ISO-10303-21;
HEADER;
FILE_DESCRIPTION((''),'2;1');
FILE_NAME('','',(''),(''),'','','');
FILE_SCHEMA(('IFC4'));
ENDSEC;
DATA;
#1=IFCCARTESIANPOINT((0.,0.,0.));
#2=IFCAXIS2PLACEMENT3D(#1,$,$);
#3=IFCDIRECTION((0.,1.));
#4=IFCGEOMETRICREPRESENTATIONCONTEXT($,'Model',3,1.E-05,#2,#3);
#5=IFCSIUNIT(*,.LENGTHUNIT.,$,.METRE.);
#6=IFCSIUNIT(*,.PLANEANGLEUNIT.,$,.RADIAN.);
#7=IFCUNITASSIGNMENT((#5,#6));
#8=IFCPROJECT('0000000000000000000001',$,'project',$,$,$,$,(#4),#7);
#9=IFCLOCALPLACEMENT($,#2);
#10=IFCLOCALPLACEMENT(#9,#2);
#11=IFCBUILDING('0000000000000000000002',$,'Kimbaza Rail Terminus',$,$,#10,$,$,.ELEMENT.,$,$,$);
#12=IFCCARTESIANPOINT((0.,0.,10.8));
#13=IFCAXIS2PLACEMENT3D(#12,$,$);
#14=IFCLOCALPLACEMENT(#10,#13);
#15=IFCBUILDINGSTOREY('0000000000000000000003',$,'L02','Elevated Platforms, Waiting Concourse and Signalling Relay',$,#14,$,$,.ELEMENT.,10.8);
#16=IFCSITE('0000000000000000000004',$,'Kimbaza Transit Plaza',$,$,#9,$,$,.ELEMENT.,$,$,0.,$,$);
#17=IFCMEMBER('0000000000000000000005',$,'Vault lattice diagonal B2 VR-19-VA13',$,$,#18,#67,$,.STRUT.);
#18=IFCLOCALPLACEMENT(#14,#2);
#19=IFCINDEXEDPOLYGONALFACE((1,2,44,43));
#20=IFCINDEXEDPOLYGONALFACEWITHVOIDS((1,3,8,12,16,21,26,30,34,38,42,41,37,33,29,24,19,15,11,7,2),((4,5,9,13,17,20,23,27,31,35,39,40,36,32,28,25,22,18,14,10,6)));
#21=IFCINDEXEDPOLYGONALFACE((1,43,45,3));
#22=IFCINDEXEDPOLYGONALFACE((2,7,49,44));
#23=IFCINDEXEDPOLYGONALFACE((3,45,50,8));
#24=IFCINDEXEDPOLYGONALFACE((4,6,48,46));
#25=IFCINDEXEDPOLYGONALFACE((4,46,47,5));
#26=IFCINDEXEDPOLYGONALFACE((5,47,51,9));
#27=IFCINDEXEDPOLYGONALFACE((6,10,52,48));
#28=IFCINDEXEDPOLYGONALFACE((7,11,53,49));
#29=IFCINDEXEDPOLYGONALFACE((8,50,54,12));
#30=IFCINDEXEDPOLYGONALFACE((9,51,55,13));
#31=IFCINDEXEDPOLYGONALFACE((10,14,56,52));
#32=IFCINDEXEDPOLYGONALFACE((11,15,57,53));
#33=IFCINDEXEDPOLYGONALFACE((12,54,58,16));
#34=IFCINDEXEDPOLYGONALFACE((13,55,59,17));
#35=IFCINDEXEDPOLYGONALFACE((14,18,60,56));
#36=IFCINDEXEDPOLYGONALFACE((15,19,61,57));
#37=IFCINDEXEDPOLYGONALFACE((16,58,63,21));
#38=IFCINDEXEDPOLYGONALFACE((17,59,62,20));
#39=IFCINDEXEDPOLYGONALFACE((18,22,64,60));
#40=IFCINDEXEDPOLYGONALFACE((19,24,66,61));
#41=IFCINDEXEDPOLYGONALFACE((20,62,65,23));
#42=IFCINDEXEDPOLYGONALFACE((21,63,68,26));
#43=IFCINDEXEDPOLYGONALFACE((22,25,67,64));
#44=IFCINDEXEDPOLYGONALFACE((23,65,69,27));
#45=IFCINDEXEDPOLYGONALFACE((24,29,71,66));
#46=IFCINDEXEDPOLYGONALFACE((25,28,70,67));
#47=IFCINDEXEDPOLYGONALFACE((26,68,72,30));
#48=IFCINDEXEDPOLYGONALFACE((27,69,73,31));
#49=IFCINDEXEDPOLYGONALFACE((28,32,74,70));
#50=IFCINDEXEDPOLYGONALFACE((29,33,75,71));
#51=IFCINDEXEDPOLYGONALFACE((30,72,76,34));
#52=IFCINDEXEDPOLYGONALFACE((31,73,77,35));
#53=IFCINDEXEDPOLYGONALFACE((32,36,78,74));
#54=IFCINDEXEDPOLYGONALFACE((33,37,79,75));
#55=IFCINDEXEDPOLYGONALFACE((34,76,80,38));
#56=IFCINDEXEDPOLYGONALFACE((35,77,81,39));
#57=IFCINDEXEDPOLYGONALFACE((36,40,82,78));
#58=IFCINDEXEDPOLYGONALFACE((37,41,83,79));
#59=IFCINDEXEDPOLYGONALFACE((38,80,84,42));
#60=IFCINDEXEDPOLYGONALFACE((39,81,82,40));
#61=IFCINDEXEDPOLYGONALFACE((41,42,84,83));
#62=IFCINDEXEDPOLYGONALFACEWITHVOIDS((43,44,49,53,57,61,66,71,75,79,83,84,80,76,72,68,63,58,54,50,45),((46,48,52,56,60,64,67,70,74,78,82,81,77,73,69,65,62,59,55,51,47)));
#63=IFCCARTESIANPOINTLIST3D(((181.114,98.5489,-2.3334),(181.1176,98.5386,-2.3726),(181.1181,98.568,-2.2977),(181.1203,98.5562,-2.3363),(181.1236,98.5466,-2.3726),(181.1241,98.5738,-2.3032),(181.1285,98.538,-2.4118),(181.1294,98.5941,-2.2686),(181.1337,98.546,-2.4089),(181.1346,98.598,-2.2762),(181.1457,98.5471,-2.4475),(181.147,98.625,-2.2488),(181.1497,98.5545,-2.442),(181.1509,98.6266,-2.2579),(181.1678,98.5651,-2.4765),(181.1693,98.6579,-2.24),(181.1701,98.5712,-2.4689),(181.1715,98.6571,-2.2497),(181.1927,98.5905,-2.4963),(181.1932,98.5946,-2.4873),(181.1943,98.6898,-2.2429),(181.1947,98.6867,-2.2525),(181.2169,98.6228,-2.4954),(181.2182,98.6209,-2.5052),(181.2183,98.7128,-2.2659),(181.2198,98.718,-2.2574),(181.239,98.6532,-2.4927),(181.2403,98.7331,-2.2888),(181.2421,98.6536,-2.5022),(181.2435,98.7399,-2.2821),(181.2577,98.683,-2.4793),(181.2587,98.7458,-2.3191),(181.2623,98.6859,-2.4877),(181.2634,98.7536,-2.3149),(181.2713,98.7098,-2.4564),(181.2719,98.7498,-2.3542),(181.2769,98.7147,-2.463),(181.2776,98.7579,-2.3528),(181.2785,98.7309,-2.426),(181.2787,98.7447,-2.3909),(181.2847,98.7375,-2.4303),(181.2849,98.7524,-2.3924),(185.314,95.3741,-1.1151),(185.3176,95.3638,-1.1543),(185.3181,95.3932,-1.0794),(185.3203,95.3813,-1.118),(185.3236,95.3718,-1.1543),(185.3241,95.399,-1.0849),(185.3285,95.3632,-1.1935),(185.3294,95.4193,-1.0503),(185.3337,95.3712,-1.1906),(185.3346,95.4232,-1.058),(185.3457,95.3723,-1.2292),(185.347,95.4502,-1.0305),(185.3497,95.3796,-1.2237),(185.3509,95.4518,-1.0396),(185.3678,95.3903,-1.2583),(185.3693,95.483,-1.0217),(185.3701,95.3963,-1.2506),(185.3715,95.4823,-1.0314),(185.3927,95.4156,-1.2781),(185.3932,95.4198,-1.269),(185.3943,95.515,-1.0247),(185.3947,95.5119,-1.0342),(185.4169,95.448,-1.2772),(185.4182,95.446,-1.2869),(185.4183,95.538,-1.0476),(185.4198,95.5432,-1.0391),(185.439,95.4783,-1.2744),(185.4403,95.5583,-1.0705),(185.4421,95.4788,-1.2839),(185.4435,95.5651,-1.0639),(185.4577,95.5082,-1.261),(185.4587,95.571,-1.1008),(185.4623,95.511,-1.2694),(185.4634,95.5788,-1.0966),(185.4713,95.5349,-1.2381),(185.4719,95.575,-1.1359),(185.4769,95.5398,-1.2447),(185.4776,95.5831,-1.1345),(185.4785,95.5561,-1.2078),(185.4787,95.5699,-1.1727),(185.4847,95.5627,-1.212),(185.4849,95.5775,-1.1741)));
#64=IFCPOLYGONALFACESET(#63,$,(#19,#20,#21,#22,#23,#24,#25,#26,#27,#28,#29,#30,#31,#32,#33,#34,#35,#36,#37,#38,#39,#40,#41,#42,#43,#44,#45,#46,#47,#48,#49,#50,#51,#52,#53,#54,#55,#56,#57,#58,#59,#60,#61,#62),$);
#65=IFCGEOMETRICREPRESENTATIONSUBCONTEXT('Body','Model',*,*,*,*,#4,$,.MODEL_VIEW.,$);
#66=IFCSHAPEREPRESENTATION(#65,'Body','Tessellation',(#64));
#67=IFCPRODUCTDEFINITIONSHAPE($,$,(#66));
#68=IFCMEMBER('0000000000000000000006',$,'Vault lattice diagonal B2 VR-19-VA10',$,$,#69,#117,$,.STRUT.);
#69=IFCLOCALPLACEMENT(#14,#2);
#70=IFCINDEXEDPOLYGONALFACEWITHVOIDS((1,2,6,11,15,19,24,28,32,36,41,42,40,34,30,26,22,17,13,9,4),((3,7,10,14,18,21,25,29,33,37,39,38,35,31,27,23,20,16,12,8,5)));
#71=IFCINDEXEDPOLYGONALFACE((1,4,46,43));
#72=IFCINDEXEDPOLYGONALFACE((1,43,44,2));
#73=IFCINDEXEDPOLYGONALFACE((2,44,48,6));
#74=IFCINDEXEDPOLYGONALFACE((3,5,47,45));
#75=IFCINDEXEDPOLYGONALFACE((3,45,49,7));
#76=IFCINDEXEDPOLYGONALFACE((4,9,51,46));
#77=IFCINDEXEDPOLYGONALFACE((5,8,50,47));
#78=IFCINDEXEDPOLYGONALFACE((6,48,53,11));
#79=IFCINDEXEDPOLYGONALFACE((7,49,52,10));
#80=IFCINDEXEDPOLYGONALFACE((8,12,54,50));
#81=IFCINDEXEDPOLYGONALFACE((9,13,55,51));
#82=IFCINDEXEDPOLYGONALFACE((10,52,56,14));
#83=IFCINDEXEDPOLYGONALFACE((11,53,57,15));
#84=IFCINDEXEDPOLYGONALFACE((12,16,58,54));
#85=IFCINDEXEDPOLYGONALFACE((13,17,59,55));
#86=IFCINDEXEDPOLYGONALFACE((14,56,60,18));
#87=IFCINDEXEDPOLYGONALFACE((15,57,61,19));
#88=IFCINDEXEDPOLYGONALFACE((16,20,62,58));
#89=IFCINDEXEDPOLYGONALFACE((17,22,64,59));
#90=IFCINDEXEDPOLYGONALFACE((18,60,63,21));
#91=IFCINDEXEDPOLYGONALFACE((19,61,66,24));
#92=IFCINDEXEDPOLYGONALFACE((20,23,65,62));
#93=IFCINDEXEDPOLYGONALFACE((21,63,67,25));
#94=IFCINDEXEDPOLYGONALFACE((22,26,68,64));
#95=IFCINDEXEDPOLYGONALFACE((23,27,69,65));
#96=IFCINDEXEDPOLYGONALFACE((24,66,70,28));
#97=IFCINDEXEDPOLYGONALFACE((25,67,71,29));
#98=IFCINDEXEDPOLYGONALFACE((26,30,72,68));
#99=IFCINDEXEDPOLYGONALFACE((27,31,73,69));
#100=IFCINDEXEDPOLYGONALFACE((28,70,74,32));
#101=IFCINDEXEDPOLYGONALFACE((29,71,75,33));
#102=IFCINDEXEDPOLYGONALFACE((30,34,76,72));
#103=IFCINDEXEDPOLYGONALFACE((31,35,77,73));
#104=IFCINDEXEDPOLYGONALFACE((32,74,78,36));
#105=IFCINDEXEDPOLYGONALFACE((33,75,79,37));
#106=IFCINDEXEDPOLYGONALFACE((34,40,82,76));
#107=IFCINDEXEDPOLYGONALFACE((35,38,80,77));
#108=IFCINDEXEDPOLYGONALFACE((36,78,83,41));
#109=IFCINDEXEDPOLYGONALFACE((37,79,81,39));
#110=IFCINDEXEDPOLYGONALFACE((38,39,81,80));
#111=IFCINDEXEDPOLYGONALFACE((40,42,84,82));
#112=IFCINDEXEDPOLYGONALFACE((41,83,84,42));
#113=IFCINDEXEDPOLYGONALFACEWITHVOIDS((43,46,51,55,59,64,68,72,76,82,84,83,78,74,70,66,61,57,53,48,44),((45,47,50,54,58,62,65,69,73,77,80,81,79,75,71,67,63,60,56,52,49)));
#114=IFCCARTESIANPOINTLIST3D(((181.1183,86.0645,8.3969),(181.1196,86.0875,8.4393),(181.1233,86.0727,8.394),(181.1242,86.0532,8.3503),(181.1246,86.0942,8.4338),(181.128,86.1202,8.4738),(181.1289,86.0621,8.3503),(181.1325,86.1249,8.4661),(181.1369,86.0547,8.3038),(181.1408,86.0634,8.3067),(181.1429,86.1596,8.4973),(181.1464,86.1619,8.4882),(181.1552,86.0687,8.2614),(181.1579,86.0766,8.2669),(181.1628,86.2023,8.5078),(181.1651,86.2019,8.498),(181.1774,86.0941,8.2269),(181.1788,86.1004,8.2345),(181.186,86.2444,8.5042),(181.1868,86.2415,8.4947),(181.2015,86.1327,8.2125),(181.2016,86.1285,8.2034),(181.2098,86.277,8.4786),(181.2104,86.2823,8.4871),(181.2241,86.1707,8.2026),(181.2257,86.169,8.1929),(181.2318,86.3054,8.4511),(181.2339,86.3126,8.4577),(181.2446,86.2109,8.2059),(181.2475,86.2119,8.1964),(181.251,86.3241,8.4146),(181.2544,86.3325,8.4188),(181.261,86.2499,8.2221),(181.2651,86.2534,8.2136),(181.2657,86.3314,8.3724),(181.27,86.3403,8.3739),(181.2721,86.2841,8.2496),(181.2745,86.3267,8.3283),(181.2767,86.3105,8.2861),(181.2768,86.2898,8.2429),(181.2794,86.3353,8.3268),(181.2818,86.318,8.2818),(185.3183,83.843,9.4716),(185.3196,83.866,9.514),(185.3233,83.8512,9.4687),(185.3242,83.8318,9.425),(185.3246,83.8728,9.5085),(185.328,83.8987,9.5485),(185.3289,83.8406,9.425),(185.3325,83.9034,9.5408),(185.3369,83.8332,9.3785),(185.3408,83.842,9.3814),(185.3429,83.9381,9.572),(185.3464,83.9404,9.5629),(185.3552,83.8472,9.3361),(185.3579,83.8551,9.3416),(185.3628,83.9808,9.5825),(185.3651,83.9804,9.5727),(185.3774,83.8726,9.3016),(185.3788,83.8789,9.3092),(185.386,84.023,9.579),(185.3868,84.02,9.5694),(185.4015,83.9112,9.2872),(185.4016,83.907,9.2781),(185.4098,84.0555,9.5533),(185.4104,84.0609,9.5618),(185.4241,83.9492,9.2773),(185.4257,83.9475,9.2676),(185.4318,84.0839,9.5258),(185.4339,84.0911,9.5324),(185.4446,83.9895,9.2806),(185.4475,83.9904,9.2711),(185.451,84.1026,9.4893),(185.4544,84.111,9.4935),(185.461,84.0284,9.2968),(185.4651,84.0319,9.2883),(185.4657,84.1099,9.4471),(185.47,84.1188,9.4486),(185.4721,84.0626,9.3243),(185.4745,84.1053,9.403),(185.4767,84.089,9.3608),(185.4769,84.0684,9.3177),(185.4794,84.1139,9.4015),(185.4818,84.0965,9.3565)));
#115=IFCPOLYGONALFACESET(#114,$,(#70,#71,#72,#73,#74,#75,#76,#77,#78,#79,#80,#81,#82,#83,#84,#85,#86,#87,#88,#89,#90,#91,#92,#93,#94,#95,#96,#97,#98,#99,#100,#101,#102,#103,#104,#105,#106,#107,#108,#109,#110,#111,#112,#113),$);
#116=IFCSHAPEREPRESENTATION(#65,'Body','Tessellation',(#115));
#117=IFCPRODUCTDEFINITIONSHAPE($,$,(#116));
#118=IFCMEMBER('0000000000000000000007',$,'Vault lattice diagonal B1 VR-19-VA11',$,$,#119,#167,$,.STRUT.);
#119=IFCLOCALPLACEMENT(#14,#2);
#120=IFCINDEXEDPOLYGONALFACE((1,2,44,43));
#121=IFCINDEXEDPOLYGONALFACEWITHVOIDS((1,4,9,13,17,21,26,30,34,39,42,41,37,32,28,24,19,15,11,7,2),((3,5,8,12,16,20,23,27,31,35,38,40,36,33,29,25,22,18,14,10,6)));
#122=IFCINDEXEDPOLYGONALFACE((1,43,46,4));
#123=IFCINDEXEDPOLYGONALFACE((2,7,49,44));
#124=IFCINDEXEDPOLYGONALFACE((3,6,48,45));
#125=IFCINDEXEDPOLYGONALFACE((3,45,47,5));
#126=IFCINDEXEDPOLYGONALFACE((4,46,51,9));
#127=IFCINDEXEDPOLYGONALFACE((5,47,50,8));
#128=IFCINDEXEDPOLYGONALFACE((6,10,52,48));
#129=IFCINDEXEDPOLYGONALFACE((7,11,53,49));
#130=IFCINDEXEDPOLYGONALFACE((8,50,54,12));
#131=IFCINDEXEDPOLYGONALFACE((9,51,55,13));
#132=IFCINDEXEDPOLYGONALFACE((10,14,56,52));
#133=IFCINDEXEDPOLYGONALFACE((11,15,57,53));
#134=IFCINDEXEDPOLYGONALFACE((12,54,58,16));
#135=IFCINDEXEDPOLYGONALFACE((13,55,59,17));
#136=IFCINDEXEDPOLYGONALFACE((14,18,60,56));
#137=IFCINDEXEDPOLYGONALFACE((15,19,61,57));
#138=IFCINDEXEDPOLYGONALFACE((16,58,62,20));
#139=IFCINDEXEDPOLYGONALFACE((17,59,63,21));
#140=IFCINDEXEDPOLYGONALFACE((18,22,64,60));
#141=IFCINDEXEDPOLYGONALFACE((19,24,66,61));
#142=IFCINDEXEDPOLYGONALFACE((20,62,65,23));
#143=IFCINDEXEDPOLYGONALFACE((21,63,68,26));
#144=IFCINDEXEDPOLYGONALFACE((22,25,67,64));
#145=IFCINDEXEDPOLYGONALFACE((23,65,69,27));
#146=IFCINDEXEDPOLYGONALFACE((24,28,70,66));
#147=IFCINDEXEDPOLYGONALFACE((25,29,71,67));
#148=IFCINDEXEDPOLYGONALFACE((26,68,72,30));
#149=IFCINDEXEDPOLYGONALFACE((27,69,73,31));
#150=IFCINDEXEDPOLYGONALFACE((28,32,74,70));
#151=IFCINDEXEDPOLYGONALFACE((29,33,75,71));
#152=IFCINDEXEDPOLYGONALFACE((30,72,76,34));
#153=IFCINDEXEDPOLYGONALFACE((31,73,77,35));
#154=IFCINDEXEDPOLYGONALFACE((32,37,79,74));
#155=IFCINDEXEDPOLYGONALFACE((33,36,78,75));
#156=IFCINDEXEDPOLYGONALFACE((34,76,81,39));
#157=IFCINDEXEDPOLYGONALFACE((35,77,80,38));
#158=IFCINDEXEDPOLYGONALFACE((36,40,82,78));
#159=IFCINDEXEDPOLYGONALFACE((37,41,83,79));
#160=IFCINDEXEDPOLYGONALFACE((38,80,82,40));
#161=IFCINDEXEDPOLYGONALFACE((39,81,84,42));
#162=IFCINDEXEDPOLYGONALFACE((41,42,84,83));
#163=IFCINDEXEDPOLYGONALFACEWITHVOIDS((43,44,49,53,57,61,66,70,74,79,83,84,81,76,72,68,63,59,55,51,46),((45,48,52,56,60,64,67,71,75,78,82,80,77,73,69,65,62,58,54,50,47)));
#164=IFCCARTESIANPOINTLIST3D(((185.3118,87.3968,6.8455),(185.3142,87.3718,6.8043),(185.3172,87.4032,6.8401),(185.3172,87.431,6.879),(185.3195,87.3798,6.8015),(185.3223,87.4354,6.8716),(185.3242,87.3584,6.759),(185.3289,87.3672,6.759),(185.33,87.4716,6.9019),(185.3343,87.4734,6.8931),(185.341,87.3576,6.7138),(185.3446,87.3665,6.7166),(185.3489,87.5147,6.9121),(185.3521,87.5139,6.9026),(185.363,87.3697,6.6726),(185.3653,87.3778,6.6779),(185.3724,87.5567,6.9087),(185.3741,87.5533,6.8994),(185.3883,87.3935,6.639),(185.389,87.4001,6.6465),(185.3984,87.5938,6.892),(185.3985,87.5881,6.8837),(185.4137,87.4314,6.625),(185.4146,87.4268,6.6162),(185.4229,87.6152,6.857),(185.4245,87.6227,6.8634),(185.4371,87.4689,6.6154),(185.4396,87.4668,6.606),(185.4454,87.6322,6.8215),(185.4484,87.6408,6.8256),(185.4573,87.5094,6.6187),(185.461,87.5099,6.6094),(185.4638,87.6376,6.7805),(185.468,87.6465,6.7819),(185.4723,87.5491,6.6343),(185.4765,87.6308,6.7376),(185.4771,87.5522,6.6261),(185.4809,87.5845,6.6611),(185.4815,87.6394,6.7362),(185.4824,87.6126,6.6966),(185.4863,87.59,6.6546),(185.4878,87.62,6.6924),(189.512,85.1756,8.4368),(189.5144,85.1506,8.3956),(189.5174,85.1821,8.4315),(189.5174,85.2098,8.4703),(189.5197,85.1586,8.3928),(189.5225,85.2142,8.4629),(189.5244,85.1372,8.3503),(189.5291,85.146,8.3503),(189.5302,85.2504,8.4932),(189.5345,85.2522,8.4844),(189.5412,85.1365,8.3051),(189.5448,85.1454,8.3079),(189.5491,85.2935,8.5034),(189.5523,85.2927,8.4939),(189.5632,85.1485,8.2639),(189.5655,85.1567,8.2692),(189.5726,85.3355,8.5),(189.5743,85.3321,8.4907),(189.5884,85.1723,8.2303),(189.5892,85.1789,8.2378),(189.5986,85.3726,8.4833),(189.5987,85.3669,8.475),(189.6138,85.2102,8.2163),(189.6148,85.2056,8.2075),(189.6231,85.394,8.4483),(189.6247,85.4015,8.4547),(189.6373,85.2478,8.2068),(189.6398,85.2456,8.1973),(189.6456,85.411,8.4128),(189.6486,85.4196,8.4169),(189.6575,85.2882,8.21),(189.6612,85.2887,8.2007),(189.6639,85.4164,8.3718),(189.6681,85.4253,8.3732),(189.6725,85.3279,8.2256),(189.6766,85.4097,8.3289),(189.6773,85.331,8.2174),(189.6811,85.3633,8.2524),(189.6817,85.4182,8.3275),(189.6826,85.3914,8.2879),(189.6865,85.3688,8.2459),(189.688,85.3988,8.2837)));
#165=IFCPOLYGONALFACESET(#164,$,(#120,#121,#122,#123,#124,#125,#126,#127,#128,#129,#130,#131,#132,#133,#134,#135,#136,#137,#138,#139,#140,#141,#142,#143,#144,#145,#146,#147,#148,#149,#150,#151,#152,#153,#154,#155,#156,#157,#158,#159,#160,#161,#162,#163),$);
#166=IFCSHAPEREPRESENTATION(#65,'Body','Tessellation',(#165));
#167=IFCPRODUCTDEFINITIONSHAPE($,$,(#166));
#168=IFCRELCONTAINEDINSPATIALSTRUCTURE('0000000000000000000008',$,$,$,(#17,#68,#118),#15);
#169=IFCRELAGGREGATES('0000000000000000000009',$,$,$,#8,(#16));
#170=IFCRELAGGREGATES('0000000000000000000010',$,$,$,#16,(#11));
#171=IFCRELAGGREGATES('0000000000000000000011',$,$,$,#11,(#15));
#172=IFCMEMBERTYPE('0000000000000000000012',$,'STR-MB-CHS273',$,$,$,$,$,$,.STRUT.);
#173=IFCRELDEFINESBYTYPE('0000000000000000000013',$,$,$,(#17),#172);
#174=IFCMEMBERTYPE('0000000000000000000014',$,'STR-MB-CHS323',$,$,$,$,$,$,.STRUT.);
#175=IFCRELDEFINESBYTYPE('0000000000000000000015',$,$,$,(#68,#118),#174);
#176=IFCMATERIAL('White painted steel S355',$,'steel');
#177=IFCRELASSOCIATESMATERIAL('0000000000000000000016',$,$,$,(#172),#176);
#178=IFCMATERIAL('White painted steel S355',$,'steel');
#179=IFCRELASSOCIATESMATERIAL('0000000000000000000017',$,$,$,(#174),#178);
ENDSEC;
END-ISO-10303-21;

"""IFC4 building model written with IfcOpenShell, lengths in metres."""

from ifc_helpers import new_model, si_unit, direction, frame, origin, origin_2d, place, context, subcontext, project, spatial, hollow_circle, extrude, material, material_profile, profile_set, type_object, element, save


model = new_model("IFC4")

# Units and contexts
model_context = context("Model", 3, precision=1e-05, world=origin(), true_north=direction((0.0, 1.0)))
body_context = subcontext(model_context, "Body", "Model", "MODEL_VIEW")
ifc_project = project(units=[si_unit("LENGTHUNIT", "METRE"), si_unit("PLANEANGLEUNIT", "RADIAN")], contexts=[model_context])

# Site, building, storey
site_placement = place(None, origin())
site = spatial("IfcSite", under=ifc_project, at=site_placement, Name="Kimbaza Transit Plaza", CompositionType="ELEMENT", RefElevation=0.0)
building_placement = place(site_placement, origin())
building = spatial("IfcBuilding", under=site, at=building_placement, Name="Kimbaza Rail Terminus", CompositionType="ELEMENT")
storey_placement = place(building_placement, frame((0.0, 0.0, 10.8)))
storey = spatial("IfcBuildingStorey", under=building, at=storey_placement, Name="L02", Description="Elevated Platforms, Waiting Concourse and Signalling Relay", CompositionType="ELEMENT", Elevation=10.8)

# Members
ifc_material_1 = material(Name="White painted steel S355", Category="steel")
ifc_material_profile_1 = material_profile(ifc_material_1, hollow_circle(Radius=0.1365, WallThickness=0.01, at=origin_2d()), Name="CHS 273x10")
ifc_profile_set_1 = profile_set([ifc_material_profile_1], Name="White painted steel S355")
member_type_1 = type_object("IfcMemberType", Name="STR-MB-CHS273", PredefinedType="STRUT", material=ifc_profile_set_1)
member_1_placement = place(storey_placement, frame((185.3999, 95.4727, -1.1543), z_axis=(-0.777194, 0.587492, -0.225437), x_axis=(-0.603015, -0.79773, 0.0)))
element("IfcMember", 1, at=member_1_placement, inside=storey, type_object=member_type_1, Name="Vault lattice diagonal B2 VR-19-VA13", PredefinedType="STRUT", context=body_context, shape_type="SweptSolid", body=[
    extrude(hollow_circle(Radius=0.1365, WallThickness=0.01, at=origin_2d()), origin(), (0.0, 0.0, 1.0), 5.4041),
])
ifc_material_2 = material(Name="White painted steel S355", Category="steel")
ifc_material_profile_2 = material_profile(ifc_material_2, hollow_circle(Radius=0.1619, WallThickness=0.01, at=origin_2d()), Name="CHS 323.9x10")
ifc_profile_set_2 = profile_set([ifc_material_profile_2], Name="White painted steel S355")
member_type_2 = type_object("IfcMemberType", Name="STR-MB-CHS323", PredefinedType="STRUT", material=ifc_profile_set_2)
member_2_placement = place(storey_placement, frame((185.3999, 83.9749, 9.425), z_axis=(-0.862187, 0.456027, -0.220621), x_axis=(-0.467548, -0.883968, 0.0)))
element("IfcMember", 2, at=member_2_placement, inside=storey, type_object=member_type_2, Name="Vault lattice diagonal B2 VR-19-VA10", PredefinedType="STRUT", context=body_context, shape_type="SweptSolid", body=[
    extrude(hollow_circle(Radius=0.1619, WallThickness=0.01, at=origin_2d()), origin(), (0.0, 0.0, 1.0), 4.8713),
])
for number, where, z_axis, x_axis, name in (
    (3, (189.6001, 85.2803, 8.3503), (-0.838237, 0.443285, -0.317579), (-0.467486, -0.884, 0.0), "Vault lattice diagonal B1 VR-19-VA11"),
):
    element("IfcMember", number, at=place(storey_placement, frame(where, z_axis=z_axis, x_axis=x_axis)), inside=storey, type_object=member_type_2, Name=name, PredefinedType="STRUT", context=body_context, shape_type="SweptSolid", body=[
        extrude(hollow_circle(Radius=0.1619, WallThickness=0.01, at=origin_2d()), origin(), (0.0, 0.0, 1.0), 5.0107),
    ])

save(model, "model.ifc")
